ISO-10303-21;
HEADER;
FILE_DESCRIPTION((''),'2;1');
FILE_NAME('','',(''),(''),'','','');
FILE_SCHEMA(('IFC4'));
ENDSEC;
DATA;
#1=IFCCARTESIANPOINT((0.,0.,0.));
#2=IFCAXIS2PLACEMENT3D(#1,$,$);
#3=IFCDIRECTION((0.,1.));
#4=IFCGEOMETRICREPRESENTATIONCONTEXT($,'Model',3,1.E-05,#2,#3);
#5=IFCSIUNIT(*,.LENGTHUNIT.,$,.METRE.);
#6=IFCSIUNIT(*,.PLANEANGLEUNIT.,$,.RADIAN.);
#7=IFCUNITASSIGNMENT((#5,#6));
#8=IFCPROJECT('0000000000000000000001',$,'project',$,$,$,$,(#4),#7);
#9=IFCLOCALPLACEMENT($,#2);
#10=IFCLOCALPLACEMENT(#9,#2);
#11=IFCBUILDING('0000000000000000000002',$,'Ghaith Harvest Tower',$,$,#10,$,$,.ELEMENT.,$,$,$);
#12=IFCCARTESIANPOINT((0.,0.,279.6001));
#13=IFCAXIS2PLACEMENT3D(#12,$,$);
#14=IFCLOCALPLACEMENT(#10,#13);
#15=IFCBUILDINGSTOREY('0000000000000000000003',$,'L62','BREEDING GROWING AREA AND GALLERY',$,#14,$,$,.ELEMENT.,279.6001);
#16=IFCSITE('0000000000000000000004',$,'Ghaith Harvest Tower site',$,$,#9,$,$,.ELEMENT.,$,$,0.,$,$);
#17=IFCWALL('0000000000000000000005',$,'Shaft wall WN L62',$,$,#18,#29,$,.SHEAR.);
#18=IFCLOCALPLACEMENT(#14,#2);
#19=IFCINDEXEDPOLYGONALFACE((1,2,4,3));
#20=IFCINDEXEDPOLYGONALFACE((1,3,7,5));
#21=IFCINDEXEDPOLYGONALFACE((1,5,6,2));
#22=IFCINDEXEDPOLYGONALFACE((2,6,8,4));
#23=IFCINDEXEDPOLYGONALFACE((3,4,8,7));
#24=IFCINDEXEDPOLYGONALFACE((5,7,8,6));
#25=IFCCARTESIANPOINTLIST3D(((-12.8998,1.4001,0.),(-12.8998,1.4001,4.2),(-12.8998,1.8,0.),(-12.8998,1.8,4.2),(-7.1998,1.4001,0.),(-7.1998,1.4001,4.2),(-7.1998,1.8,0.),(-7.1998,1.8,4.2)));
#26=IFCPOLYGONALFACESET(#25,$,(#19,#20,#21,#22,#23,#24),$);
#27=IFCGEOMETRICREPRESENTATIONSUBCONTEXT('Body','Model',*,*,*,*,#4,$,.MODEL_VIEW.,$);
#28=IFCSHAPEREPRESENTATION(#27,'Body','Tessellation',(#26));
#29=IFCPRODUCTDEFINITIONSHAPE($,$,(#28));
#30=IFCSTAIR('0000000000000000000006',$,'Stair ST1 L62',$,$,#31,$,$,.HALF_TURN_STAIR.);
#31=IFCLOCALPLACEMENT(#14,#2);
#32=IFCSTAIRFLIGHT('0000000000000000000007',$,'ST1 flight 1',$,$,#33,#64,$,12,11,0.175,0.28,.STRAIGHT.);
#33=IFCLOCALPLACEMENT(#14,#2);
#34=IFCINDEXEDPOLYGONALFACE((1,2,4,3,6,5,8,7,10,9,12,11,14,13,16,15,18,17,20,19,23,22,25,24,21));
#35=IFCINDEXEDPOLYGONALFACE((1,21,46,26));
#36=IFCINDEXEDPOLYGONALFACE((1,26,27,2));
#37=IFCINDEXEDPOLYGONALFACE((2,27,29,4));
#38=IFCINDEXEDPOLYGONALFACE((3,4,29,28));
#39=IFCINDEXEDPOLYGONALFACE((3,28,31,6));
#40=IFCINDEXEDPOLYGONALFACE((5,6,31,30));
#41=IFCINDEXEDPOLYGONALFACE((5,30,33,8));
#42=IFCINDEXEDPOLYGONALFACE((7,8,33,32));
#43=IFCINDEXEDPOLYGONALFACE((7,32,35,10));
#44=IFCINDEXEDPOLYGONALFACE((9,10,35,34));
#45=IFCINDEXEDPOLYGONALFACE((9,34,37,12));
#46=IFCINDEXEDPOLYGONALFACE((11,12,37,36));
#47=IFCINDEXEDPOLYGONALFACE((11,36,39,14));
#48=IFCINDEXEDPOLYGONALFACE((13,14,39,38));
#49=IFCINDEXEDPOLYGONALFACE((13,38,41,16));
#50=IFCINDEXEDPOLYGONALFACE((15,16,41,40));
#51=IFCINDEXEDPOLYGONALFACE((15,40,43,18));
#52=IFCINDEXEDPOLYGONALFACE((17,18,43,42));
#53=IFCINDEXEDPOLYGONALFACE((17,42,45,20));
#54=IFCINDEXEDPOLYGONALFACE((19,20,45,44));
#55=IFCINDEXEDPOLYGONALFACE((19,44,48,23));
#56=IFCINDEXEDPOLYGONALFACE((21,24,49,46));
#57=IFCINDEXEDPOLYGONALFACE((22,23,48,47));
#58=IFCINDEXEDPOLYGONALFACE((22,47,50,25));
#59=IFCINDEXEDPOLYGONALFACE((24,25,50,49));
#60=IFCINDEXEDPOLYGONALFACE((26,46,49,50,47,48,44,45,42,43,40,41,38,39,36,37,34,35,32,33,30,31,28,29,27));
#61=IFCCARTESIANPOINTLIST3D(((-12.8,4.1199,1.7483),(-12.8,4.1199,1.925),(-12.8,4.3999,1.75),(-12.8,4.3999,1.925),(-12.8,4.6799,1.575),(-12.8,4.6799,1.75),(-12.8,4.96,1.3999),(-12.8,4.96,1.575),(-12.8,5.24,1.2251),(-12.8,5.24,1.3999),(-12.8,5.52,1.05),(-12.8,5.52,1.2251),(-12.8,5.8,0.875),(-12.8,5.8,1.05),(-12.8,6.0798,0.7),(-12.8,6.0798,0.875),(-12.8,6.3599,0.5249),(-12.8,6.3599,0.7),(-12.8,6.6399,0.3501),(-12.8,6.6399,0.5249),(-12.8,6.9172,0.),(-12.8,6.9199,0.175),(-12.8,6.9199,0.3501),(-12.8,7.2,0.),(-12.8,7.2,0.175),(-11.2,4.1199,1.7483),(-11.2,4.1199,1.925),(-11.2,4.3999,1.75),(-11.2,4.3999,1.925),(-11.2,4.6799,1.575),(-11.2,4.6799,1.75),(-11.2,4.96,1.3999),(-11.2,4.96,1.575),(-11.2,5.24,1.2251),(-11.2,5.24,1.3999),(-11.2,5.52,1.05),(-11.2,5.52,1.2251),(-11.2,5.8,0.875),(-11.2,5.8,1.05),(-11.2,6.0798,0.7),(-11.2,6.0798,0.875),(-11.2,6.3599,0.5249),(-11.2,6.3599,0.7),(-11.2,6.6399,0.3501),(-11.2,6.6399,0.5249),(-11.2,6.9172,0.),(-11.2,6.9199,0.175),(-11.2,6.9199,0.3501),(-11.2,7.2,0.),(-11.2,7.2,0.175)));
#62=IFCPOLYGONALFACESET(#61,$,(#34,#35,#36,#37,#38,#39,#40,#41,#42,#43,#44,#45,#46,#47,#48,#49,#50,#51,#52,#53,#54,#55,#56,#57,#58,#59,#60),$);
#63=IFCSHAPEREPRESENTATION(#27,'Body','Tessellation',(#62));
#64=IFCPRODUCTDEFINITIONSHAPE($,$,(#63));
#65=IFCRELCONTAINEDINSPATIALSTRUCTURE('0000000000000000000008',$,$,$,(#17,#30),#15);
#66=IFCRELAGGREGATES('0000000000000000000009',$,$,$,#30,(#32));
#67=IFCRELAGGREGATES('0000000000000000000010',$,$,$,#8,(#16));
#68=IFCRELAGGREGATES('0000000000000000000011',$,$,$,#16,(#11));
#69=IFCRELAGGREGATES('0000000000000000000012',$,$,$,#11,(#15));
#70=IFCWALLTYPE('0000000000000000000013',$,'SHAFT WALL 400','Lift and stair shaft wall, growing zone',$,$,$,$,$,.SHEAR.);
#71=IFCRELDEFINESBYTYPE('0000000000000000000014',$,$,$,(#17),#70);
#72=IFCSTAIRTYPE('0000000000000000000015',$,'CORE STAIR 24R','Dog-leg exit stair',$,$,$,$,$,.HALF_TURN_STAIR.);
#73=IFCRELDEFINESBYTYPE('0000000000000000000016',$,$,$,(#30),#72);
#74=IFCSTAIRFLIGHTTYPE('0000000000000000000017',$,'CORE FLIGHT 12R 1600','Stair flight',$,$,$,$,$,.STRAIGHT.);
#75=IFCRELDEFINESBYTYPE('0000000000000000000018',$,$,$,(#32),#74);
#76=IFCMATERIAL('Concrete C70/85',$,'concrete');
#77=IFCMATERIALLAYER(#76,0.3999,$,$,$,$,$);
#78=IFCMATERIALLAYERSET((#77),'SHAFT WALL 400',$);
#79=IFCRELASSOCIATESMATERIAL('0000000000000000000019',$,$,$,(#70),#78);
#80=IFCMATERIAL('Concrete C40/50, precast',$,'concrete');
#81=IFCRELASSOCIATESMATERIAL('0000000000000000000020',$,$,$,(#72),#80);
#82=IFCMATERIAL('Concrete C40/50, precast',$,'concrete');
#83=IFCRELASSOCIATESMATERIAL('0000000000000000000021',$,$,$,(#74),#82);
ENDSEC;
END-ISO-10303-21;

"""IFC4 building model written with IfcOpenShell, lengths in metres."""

from ifc_helpers import new_model, si_unit, direction, frame, frame_2d, origin, place, context, subcontext, project, spatial, polyline, rectangle, outline, extrude, material, layer, layer_set, type_object, element, aggregate, save


model = new_model("IFC4")

# Units and contexts
model_context = context("Model", 3, precision=1e-05, world=origin(), true_north=direction((0.0, 1.0)))
body_context = subcontext(model_context, "Body", "Model", "MODEL_VIEW")
ifc_project = project(units=[si_unit("LENGTHUNIT", "METRE"), si_unit("PLANEANGLEUNIT", "RADIAN")], contexts=[model_context])

# Site, building, storey
site_placement = place(None, origin())
site = spatial("IfcSite", under=ifc_project, at=site_placement, Name="Ghaith Harvest Tower site", CompositionType="ELEMENT", RefElevation=0.0)
building_placement = place(site_placement, origin())
building = spatial("IfcBuilding", under=site, at=building_placement, Name="Ghaith Harvest Tower", CompositionType="ELEMENT")
storey_placement = place(building_placement, frame((0.0, 0.0, 279.6001)))
storey = spatial("IfcBuildingStorey", under=building, at=storey_placement, Name="L62", Description="BREEDING GROWING AREA AND GALLERY", CompositionType="ELEMENT", Elevation=279.6001)

# Wall
ifc_material_1 = material(Name="Concrete C70/85", Category="concrete")
ifc_layer_1 = layer(ifc_material_1, 0.3999)
ifc_layer_set_1 = layer_set([ifc_layer_1], Name="SHAFT WALL 400")
wall_type_1 = type_object("IfcWallType", Name="SHAFT WALL 400", Description="Lift and stair shaft wall, growing zone", PredefinedType="SHEAR", material=ifc_layer_set_1)
wall_1_placement = place(storey_placement, frame((-12.8999, 1.6001, 0.0), z_axis=(0.0, 0.0, 1.0), x_axis=(1.0, 0.0, 0.0)))
element("IfcWall", 1, at=wall_1_placement, inside=storey, type_object=wall_type_1, Name="Shaft wall WN L62", PredefinedType="SHEAR", context=body_context, shape_type="SweptSolid", body=[
    extrude(rectangle(XDim=5.7, YDim=0.3999, at=frame_2d((2.8501, 0.0))), origin(), (0.0, 0.0, 1.0), 4.2),
])

# Stair, stair flight
ifc_material_2 = material(Name="Concrete C40/50, precast", Category="concrete")
stair_type = type_object("IfcStairType", Name="CORE STAIR 24R", Description="Dog-leg exit stair", PredefinedType="HALF_TURN_STAIR", material=ifc_material_2)
stair_placement = place(storey_placement, origin())
stair = element("IfcStair", 2, at=stair_placement, inside=storey, type_object=stair_type, Name="Stair ST1 L62", PredefinedType="HALF_TURN_STAIR")
ifc_material_3 = material(Name="Concrete C40/50, precast", Category="concrete")
stair_flight_type = type_object("IfcStairFlightType", Name="CORE FLIGHT 12R 1600", Description="Stair flight", PredefinedType="STRAIGHT", material=ifc_material_3)
stair_flight_placement = place(storey_placement, frame((-12.0, 7.2, 0.0), z_axis=(0.0, 0.0, 1.0), x_axis=(0.0, -1.0, 0.0)))
stair_flight = element("IfcStairFlight", 3, at=stair_flight_placement, type_object=stair_flight_type, Name="ST1 flight 1", NumberOfRisers=12, NumberOfTreads=11, PredefinedType="STRAIGHT", RiserHeight=0.175, TreadLength=0.28, context=body_context, shape_type="SweptSolid", body=[
    extrude(outline(polyline([(0.0, 0.0), (0.0, 0.175), (0.28, 0.175), (0.28, 0.3501), (0.5601, 0.3501), (0.5601, 0.5249), (0.8401, 0.5249), (0.8401, 0.7), (1.1201, 0.7), (1.1201, 0.875), (1.3999, 0.875), (1.3999, 1.05), (1.6799, 1.05), (1.6799, 1.2251), (1.96, 1.2251), (1.96, 1.3999), (2.24, 1.3999), (2.24, 1.575), (2.52, 1.575), (2.52, 1.75), (2.8, 1.75), (2.8, 1.925), (3.0801, 1.925), (3.0801, 2.1001), (3.0801, 1.7483), (0.2827, 0.0), (0.0, 0.0)])), frame((0.0, 0.8, 0.0), z_axis=(0.0, -1.0, 0.0), x_axis=(1.0, 0.0, 0.0)), (0.0, 0.0, 1.0), 1.6001),
])
aggregate(stair, [stair_flight])

save(model, "model.ifc")
